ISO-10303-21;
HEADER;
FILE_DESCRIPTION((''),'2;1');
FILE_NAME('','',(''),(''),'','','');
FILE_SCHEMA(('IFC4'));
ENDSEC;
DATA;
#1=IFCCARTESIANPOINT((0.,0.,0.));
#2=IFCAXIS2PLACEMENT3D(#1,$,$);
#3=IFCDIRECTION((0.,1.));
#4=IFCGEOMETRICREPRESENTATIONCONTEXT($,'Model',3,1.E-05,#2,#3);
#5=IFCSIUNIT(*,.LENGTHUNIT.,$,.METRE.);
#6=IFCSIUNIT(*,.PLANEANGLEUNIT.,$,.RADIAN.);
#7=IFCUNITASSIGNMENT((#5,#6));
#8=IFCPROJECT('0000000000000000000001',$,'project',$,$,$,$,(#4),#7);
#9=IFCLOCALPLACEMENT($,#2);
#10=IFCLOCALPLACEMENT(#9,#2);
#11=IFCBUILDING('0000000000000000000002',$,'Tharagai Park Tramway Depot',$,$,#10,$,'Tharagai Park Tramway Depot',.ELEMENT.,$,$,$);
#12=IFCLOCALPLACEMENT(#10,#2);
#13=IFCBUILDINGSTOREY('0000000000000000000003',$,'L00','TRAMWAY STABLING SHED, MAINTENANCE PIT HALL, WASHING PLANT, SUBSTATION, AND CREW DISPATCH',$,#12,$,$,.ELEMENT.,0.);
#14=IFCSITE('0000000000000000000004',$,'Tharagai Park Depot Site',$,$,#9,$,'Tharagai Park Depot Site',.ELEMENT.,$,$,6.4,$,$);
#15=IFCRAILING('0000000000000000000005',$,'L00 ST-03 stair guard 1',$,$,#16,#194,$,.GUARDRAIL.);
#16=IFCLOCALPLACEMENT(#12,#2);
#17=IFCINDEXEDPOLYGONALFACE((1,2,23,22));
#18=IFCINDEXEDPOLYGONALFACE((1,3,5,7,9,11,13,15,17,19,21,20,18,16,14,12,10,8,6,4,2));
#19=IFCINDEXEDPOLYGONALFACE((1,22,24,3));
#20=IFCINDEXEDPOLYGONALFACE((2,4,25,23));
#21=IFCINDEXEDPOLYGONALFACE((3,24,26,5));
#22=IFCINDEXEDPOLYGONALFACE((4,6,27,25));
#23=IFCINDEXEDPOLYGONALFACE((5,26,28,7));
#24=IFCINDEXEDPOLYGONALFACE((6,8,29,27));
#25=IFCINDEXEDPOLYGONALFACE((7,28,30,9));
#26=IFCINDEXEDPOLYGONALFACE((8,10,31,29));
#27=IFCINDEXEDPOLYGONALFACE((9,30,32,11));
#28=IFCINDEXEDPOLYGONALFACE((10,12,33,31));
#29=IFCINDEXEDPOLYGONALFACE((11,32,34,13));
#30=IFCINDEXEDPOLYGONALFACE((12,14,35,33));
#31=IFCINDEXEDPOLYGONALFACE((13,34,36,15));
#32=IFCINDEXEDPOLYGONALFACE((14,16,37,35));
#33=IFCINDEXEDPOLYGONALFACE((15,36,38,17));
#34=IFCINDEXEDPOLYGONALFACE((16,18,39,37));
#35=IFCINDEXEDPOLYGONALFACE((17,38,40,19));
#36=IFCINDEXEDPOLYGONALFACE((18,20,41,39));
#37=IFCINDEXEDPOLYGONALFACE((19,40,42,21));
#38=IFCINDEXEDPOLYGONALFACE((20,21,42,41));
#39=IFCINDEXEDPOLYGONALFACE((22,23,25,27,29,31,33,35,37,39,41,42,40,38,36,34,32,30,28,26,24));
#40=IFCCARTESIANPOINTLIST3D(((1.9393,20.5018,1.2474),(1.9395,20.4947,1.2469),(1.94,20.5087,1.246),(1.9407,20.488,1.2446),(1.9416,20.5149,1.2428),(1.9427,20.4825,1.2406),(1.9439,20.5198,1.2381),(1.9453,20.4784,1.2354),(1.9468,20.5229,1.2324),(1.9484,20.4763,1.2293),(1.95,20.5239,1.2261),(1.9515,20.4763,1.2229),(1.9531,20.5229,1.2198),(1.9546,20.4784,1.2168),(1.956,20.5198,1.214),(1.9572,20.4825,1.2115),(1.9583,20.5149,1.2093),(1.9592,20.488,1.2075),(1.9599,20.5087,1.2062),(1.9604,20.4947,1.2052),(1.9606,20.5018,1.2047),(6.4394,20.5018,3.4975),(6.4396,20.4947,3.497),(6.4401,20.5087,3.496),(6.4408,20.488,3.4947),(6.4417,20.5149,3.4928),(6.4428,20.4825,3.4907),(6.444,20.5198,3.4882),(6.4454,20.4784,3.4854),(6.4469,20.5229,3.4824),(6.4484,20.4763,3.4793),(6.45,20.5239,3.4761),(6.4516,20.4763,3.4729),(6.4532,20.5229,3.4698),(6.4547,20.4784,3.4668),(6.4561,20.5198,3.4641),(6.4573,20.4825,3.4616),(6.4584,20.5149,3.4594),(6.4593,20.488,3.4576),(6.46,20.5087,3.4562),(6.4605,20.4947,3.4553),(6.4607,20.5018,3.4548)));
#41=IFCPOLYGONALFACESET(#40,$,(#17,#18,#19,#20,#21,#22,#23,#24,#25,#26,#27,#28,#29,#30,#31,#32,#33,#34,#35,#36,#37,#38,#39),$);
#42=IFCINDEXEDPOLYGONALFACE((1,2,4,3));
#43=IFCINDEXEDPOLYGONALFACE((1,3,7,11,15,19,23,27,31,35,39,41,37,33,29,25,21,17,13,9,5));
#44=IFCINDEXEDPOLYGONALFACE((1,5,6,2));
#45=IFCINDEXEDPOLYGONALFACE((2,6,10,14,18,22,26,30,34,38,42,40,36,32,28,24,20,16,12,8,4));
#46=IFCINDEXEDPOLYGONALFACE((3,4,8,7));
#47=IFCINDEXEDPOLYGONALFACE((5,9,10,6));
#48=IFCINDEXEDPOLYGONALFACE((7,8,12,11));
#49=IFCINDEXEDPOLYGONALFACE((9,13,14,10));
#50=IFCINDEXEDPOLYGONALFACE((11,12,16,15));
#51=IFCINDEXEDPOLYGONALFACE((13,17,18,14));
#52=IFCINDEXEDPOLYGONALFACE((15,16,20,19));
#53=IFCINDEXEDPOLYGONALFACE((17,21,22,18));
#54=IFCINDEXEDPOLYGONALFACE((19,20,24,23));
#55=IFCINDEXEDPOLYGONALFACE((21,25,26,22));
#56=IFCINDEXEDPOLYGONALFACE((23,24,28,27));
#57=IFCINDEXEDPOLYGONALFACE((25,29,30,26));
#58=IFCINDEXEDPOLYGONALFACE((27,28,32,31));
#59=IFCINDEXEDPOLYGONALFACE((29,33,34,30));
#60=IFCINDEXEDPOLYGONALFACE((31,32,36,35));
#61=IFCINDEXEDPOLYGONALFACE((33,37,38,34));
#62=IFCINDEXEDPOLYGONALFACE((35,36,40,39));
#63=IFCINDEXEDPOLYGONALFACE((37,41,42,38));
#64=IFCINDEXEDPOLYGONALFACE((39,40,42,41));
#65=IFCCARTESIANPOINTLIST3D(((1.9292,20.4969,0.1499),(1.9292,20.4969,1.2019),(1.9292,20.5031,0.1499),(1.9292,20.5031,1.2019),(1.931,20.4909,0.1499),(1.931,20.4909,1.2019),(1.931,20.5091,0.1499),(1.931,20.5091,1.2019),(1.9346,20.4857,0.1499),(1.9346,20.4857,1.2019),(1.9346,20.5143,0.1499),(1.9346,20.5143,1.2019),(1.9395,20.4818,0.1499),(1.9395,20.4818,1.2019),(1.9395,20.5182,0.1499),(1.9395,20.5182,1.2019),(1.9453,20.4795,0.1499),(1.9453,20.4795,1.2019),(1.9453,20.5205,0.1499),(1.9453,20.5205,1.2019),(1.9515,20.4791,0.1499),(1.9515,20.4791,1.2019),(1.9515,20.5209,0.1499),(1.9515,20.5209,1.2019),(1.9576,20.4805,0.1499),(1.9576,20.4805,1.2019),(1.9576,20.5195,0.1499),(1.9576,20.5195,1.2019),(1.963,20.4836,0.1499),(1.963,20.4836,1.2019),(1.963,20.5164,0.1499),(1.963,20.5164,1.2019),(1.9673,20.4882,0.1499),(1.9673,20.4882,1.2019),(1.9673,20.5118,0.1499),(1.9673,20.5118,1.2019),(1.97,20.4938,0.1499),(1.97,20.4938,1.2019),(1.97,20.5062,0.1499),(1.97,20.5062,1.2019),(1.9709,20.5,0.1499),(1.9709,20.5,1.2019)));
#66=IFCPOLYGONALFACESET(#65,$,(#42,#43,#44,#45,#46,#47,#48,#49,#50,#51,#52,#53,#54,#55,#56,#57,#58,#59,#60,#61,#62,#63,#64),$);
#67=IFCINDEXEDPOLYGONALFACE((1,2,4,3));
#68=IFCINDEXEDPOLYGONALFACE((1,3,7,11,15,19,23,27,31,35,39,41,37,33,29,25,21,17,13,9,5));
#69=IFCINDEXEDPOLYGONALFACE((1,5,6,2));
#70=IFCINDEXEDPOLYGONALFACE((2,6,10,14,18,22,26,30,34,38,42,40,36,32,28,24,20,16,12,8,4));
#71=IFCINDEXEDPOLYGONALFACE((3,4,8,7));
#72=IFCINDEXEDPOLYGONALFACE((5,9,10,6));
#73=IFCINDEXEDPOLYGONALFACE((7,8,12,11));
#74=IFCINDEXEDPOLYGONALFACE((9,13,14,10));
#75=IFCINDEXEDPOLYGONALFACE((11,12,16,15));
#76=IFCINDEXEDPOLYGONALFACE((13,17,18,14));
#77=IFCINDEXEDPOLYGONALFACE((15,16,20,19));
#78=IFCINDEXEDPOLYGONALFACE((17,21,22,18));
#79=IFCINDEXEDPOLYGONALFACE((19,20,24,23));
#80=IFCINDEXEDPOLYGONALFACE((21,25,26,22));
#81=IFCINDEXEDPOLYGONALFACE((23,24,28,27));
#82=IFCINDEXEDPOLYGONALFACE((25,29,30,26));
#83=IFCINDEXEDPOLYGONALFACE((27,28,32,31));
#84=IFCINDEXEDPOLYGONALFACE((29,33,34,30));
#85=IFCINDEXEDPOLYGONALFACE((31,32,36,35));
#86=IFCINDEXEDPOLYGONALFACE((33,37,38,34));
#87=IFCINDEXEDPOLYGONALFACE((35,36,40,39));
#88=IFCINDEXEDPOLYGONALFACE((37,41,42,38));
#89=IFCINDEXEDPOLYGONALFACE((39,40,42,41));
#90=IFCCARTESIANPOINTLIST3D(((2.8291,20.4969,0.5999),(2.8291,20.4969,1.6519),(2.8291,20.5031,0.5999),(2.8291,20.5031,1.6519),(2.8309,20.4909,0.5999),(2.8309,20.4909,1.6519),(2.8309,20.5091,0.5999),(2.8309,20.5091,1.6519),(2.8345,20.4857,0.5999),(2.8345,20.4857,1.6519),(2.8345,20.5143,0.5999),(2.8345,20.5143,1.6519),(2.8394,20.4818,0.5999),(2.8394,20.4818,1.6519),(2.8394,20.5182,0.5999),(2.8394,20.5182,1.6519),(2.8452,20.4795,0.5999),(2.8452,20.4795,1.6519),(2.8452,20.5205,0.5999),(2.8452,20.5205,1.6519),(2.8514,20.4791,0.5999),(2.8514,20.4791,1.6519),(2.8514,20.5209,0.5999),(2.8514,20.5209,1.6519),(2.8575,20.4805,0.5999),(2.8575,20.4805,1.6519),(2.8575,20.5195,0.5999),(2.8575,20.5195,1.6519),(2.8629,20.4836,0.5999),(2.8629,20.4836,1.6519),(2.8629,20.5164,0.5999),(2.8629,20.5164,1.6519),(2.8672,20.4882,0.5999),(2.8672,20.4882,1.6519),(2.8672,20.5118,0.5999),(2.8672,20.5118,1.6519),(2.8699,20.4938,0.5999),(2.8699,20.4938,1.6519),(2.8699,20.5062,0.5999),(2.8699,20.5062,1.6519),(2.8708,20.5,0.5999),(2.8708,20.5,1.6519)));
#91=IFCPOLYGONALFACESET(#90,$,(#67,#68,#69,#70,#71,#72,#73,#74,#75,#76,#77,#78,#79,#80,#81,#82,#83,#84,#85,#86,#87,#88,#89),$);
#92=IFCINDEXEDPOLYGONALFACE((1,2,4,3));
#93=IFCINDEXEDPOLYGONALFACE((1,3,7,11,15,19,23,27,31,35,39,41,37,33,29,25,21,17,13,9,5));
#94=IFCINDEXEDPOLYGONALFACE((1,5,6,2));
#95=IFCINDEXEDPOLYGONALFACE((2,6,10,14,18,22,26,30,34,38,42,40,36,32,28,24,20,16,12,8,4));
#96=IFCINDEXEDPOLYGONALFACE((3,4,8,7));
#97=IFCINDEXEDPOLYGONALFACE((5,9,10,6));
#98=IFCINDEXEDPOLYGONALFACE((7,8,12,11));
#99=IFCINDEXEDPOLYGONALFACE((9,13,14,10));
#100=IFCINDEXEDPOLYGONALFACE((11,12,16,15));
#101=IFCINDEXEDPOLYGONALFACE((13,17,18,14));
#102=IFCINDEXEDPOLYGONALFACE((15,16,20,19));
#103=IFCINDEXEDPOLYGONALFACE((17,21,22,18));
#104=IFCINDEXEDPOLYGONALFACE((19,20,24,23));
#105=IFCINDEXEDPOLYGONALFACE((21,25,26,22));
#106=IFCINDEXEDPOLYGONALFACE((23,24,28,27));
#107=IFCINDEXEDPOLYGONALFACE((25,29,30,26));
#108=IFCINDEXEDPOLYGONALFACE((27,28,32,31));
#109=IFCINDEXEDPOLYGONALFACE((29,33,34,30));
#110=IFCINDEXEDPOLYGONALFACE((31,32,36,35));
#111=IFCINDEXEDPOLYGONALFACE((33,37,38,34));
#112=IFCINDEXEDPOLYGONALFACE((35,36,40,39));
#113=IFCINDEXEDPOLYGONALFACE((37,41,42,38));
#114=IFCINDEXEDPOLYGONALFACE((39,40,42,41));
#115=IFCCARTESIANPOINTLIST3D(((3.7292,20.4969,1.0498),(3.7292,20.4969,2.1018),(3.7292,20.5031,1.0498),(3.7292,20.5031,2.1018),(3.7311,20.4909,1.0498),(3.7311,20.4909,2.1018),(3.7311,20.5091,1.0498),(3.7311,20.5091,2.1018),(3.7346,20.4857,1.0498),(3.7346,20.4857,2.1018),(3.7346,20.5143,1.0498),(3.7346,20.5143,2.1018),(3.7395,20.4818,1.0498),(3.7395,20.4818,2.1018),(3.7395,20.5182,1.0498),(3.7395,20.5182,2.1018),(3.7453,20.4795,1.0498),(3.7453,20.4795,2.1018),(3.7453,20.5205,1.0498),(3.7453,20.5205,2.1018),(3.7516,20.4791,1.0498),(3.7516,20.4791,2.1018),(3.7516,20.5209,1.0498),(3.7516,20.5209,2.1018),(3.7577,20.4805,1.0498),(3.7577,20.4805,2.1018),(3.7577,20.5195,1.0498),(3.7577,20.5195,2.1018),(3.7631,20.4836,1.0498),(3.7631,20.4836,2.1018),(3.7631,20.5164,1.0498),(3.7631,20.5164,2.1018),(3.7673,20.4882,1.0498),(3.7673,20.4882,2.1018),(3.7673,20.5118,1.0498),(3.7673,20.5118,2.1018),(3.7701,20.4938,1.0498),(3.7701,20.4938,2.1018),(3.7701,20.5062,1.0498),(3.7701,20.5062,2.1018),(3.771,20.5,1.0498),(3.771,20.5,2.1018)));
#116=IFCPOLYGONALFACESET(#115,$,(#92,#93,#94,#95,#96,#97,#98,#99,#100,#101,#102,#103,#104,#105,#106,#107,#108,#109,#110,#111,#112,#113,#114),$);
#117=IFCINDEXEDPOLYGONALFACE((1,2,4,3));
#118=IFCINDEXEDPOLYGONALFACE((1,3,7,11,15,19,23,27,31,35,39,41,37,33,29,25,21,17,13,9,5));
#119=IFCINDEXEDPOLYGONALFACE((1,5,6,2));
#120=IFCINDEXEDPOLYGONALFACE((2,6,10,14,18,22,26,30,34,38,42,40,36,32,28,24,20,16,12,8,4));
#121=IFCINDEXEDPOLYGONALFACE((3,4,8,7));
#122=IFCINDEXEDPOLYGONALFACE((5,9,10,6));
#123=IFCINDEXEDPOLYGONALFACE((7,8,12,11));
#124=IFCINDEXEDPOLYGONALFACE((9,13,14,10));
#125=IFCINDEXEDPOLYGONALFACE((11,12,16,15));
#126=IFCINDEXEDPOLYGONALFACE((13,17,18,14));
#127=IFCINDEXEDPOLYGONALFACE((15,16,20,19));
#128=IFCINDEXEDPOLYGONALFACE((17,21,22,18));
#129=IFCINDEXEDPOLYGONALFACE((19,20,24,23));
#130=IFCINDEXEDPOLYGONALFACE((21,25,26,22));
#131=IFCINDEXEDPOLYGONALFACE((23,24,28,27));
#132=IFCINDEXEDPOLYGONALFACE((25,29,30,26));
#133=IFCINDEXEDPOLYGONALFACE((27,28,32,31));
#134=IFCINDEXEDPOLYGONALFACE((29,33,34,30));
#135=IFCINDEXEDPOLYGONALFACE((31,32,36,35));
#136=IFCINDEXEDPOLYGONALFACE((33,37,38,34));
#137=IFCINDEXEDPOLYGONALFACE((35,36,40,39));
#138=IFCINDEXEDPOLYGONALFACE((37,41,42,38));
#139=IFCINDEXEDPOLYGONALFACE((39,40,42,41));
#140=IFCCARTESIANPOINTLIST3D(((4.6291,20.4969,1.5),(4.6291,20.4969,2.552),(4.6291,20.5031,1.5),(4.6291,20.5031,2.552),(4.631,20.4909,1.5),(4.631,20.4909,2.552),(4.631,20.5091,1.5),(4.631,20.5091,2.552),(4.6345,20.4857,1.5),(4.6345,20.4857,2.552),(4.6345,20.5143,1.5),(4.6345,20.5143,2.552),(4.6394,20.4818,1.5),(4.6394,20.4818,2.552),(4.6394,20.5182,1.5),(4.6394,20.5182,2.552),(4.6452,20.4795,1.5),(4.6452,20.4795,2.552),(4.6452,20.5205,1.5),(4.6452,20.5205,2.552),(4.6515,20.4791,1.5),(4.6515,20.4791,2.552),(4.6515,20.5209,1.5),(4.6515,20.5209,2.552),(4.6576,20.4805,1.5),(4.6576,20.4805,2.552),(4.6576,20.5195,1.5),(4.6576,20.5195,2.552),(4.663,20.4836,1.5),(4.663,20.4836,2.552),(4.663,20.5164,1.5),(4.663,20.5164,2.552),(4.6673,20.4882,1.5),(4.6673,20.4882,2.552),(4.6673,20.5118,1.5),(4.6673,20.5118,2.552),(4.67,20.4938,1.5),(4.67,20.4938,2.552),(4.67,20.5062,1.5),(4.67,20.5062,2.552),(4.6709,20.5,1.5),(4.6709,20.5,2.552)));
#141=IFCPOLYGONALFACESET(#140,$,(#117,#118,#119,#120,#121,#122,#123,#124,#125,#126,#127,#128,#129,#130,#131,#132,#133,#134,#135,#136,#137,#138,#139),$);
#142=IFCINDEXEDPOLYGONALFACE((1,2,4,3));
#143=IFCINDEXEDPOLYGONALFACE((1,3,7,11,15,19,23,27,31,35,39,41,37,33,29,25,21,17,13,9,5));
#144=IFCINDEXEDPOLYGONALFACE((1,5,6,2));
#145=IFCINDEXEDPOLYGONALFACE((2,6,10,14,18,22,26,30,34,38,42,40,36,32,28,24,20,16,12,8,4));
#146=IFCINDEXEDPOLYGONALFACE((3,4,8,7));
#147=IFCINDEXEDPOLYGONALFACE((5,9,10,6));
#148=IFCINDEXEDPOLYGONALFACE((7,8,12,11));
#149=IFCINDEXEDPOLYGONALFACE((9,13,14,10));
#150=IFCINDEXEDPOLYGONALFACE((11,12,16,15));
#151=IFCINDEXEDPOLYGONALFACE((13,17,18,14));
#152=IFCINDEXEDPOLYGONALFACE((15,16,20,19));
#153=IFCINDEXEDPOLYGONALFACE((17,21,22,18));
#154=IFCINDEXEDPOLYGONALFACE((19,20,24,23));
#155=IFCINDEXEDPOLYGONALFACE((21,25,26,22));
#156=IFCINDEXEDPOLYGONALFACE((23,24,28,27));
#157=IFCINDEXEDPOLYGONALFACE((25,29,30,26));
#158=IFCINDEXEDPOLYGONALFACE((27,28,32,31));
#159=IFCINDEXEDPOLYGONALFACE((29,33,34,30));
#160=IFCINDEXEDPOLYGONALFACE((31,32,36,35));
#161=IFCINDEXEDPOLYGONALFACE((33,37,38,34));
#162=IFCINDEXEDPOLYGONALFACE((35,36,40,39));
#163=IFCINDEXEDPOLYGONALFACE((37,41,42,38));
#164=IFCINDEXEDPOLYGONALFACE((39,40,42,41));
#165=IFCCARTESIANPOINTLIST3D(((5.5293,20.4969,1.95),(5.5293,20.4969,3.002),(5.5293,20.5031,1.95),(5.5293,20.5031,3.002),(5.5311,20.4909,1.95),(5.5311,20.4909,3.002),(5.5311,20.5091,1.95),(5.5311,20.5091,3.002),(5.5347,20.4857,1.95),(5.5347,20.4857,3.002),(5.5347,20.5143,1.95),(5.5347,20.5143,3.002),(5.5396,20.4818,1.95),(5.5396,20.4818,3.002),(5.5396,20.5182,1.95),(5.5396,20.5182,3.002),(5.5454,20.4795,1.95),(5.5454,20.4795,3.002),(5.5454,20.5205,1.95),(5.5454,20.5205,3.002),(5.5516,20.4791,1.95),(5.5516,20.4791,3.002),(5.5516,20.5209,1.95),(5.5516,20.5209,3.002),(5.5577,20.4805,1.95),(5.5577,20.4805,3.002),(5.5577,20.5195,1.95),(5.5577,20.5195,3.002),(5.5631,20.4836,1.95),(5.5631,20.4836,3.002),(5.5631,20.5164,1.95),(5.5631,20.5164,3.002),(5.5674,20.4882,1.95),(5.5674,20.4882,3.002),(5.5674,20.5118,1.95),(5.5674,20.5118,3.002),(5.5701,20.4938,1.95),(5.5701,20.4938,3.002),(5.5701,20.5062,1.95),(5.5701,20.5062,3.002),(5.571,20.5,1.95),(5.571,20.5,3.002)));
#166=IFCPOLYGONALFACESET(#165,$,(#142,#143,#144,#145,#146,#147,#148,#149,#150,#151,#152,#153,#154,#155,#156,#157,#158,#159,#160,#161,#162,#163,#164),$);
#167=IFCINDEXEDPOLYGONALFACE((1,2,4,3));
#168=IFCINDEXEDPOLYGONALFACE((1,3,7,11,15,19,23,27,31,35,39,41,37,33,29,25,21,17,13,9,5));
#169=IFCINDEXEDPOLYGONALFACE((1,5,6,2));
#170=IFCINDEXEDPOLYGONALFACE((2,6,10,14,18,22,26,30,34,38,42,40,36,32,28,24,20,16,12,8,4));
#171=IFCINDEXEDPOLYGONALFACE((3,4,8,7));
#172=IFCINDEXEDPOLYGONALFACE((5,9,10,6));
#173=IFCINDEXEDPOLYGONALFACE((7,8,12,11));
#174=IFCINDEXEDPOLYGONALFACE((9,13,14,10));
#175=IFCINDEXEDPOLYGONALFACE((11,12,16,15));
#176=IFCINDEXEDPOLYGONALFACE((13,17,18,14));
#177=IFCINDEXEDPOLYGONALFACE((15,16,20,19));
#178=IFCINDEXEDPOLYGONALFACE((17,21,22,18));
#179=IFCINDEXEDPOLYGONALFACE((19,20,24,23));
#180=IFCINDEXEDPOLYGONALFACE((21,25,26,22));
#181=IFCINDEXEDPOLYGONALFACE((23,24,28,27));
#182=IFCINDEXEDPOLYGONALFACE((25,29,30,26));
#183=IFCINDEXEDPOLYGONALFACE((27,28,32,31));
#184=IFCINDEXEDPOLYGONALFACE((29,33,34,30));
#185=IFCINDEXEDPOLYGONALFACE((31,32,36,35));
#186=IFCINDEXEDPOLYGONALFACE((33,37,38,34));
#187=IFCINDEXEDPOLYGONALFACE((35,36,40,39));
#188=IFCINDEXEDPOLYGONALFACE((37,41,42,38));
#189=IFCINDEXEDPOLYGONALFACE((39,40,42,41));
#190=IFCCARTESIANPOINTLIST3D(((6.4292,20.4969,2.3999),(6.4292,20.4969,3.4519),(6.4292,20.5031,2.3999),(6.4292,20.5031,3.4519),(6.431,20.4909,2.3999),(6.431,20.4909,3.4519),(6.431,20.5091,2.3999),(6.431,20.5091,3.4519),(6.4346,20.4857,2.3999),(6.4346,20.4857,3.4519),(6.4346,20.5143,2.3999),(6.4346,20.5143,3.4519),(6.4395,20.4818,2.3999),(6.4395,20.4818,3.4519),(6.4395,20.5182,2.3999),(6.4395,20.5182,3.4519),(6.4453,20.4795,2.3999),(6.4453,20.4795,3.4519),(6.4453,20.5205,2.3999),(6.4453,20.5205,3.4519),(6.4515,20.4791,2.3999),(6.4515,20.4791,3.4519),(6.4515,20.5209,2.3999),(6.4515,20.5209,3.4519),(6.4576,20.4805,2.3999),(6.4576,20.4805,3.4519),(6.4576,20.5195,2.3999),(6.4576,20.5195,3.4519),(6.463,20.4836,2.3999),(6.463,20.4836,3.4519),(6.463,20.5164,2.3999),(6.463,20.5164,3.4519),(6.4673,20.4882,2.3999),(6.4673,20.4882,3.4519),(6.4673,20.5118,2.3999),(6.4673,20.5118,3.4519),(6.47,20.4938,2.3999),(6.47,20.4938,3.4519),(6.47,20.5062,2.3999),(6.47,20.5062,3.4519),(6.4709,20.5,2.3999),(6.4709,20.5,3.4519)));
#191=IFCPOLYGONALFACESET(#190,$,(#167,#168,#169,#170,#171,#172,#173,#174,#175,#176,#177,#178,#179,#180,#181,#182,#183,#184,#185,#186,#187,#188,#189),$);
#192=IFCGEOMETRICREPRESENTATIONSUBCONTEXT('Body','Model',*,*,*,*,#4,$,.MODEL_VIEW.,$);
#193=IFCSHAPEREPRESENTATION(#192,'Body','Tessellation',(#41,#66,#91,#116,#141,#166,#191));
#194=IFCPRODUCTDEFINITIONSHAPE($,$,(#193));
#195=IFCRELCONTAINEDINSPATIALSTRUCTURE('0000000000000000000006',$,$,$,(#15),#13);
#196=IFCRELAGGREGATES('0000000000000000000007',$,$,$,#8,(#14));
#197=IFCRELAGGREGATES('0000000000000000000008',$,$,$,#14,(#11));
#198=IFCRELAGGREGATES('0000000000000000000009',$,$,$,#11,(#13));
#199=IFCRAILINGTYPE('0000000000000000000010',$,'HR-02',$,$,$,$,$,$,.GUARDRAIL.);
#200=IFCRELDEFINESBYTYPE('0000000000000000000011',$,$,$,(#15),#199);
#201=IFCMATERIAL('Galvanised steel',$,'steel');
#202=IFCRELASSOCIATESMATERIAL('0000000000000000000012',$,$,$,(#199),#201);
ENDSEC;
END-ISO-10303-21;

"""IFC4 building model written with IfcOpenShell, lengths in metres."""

from ifc_helpers import new_model, si_unit, direction, frame, origin, origin_2d, place, context, subcontext, project, spatial, circle, extrude, material, type_object, element, save


model = new_model("IFC4")

# Units and contexts
model_context = context("Model", 3, precision=1e-05, world=origin(), true_north=direction((0.0, 1.0)))
body_context = subcontext(model_context, "Body", "Model", "MODEL_VIEW")
ifc_project = project(units=[si_unit("LENGTHUNIT", "METRE"), si_unit("PLANEANGLEUNIT", "RADIAN")], contexts=[model_context])

# Site, building, storey
site_placement = place(None, origin())
site = spatial("IfcSite", under=ifc_project, at=site_placement, Name="Tharagai Park Depot Site", LongName="Tharagai Park Depot Site", CompositionType="ELEMENT", RefElevation=6.4)
building_placement = place(site_placement, origin())
building = spatial("IfcBuilding", under=site, at=building_placement, Name="Tharagai Park Tramway Depot", LongName="Tharagai Park Tramway Depot", CompositionType="ELEMENT")
storey_placement = place(building_placement, origin())
storey = spatial("IfcBuildingStorey", under=building, at=storey_placement, Name="L00", Description="TRAMWAY STABLING SHED, MAINTENANCE PIT HALL, WASHING PLANT, SUBSTATION, AND CREW DISPATCH", CompositionType="ELEMENT", Elevation=0.0)

# Railing
ifc_material_1 = material(Name="Galvanised steel", Category="steel")
railing_type_1 = type_object("IfcRailingType", Name="HR-02", PredefinedType="GUARDRAIL", material=ifc_material_1)
railing_1_placement = place(storey_placement, frame((1.95, 20.5, 0.1499)))
element("IfcRailing", 1, at=railing_1_placement, inside=storey, type_object=railing_type_1, Name="L00 ST-03 stair guard 1", PredefinedType="GUARDRAIL", context=body_context, shape_type="SweptSolid", body=[
    extrude(circle(Radius=0.0239, at=origin_2d()), frame((0.0, 0.0, 1.0762), z_axis=(0.894427, 0.0, 0.447214), x_axis=(0.0, 1.0, 0.0)), (0.0, 0.0, 1.0), 5.0312),
    extrude(circle(Radius=0.021, at=origin_2d()), origin(), (0.0, 0.0, 1.0), 1.052),
    extrude(circle(Radius=0.021, at=origin_2d()), frame((0.8999, 0.0, 0.45)), (0.0, 0.0, 1.0), 1.052),
    extrude(circle(Radius=0.021, at=origin_2d()), frame((1.8, 0.0, 0.8999)), (0.0, 0.0, 1.0), 1.052),
    extrude(circle(Radius=0.021, at=origin_2d()), frame((2.7, 0.0, 1.3501)), (0.0, 0.0, 1.0), 1.052),
    extrude(circle(Radius=0.021, at=origin_2d()), frame((3.6001, 0.0, 1.8)), (0.0, 0.0, 1.0), 1.052),
    extrude(circle(Radius=0.021, at=origin_2d()), frame((4.5, 0.0, 2.25)), (0.0, 0.0, 1.0), 1.052),
])

save(model, "model.ifc")
